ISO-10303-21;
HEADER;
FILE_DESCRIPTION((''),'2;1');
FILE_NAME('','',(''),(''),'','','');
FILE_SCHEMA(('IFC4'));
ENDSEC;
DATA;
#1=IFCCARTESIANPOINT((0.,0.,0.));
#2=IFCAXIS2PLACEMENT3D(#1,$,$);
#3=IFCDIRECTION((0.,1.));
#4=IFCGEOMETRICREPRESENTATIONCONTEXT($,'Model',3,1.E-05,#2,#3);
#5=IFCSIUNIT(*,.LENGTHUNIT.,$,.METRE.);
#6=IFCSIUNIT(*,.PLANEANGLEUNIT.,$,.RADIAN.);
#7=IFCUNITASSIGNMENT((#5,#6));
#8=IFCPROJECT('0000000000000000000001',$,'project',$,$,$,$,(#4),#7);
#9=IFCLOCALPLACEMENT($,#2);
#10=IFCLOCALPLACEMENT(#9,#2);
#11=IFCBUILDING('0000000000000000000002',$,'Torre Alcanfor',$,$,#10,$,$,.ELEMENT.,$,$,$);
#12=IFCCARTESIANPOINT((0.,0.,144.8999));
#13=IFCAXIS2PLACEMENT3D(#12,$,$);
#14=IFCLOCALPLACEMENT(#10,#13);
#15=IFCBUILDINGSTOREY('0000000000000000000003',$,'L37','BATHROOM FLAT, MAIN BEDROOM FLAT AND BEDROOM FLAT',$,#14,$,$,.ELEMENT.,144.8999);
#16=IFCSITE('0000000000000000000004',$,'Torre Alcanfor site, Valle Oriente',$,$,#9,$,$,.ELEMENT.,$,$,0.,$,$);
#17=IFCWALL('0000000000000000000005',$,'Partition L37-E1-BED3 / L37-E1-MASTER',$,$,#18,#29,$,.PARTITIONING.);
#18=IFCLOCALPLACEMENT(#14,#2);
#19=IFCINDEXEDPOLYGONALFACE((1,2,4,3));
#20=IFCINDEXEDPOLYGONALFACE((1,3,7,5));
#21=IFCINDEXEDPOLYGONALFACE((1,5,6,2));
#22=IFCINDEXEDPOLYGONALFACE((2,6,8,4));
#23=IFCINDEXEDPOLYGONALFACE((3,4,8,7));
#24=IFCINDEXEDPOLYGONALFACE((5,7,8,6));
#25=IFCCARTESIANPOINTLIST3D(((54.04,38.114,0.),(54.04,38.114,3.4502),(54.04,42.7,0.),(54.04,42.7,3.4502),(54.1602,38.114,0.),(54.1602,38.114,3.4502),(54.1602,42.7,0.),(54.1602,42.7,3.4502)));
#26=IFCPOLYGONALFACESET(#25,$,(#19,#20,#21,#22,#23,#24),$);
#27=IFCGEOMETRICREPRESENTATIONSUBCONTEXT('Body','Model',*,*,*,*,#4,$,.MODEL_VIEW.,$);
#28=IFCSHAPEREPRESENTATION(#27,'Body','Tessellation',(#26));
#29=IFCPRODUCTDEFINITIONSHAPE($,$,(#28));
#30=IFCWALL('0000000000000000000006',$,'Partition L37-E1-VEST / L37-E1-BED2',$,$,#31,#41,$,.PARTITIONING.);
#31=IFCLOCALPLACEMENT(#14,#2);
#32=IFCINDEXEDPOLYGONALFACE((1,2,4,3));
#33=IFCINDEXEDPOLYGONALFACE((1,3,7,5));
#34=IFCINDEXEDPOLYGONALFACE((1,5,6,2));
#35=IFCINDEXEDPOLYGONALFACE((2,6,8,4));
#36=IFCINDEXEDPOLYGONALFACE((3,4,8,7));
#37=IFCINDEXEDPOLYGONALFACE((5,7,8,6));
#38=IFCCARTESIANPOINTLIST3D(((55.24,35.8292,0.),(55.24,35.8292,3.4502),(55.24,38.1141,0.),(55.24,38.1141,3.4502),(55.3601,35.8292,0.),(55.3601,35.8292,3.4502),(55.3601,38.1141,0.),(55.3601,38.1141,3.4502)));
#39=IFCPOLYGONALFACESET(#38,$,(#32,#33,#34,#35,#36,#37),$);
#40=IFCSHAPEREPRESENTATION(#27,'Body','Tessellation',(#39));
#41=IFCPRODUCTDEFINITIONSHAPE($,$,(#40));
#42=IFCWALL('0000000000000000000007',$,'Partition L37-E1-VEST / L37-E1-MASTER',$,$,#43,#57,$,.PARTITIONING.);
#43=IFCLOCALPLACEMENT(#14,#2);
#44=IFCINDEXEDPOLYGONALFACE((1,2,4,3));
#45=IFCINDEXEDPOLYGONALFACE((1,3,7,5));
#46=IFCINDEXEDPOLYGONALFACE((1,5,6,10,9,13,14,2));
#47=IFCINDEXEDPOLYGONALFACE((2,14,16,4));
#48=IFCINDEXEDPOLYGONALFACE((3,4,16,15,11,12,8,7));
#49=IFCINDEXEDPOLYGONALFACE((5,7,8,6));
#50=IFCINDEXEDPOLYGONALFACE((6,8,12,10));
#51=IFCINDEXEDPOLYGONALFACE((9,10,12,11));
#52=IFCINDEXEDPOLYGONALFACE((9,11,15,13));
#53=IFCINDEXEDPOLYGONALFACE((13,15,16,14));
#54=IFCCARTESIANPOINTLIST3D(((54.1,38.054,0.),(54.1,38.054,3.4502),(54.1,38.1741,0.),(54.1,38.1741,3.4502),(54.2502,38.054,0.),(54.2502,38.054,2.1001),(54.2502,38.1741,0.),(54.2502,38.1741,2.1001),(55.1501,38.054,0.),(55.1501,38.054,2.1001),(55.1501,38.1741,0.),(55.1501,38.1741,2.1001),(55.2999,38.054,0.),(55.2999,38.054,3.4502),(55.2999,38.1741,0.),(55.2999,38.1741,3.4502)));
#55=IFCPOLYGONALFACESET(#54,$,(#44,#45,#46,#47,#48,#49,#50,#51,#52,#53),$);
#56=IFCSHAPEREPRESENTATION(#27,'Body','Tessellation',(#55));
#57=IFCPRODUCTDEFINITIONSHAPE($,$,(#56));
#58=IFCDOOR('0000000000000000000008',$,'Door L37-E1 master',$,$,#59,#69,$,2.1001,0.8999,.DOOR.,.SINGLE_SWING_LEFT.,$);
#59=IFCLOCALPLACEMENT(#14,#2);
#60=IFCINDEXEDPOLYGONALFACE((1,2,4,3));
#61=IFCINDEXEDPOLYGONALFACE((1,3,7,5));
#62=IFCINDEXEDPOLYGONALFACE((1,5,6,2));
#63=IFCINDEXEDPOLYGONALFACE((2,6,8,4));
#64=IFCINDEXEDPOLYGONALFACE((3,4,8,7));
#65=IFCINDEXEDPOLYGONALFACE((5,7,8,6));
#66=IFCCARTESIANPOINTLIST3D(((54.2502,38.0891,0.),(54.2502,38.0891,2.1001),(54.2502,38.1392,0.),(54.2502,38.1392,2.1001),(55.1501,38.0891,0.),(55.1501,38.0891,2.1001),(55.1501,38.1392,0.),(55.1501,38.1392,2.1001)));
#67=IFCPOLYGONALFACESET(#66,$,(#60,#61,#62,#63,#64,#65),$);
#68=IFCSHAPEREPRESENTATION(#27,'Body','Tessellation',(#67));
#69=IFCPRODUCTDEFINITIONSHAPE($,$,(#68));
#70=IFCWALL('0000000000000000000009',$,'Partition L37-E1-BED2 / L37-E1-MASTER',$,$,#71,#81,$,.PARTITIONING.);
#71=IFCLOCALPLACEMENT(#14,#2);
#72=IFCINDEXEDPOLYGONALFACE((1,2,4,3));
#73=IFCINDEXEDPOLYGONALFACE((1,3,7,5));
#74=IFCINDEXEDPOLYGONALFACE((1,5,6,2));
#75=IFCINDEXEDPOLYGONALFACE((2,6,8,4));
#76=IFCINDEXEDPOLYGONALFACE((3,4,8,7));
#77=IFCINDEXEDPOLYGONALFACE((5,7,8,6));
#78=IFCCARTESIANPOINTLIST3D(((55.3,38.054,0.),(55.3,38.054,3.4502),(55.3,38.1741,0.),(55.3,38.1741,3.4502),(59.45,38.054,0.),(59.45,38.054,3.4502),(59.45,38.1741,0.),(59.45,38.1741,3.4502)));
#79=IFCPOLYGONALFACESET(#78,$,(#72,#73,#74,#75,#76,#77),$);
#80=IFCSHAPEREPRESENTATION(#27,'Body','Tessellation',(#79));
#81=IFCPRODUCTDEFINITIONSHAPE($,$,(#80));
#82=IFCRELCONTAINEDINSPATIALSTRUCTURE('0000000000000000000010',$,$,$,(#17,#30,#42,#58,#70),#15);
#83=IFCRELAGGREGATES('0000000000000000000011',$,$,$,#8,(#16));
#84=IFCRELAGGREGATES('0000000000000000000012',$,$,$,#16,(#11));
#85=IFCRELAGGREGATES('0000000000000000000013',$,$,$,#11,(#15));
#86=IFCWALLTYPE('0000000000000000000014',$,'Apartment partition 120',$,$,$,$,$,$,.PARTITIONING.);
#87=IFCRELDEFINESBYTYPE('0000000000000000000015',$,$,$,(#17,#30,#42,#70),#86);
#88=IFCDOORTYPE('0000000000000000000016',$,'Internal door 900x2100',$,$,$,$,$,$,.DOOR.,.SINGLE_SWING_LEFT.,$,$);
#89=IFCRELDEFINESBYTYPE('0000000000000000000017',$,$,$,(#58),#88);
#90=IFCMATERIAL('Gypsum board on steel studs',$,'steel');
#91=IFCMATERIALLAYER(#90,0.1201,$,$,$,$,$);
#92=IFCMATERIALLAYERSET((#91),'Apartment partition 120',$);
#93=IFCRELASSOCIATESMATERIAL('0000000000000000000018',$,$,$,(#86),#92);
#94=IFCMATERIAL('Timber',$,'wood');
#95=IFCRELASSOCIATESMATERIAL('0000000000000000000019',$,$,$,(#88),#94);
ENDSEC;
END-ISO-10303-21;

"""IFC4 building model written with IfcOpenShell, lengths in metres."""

from ifc_helpers import new_model, si_unit, direction, frame, frame_2d, origin, place, context, subcontext, project, spatial, rectangle, extrude, material, layer, layer_set, type_object, element, fill, save


model = new_model("IFC4")

# Units and contexts
model_context = context("Model", 3, precision=1e-05, world=origin(), true_north=direction((0.0, 1.0)))
body_context = subcontext(model_context, "Body", "Model", "MODEL_VIEW")
ifc_project = project(units=[si_unit("LENGTHUNIT", "METRE"), si_unit("PLANEANGLEUNIT", "RADIAN")], contexts=[model_context])

# Site, building, storey
site_placement = place(None, origin())
site = spatial("IfcSite", under=ifc_project, at=site_placement, Name="Torre Alcanfor site, Valle Oriente", CompositionType="ELEMENT", RefElevation=0.0)
building_placement = place(site_placement, origin())
building = spatial("IfcBuilding", under=site, at=building_placement, Name="Torre Alcanfor", CompositionType="ELEMENT")
storey_placement = place(building_placement, frame((0.0, 0.0, 144.8999)))
storey = spatial("IfcBuildingStorey", under=building, at=storey_placement, Name="L37", Description="BATHROOM FLAT, MAIN BEDROOM FLAT AND BEDROOM FLAT", CompositionType="ELEMENT", Elevation=144.8999)

# Shared definitions
ifc_material_1 = material(Name="Gypsum board on steel studs", Category="steel")
ifc_layer_1 = layer(ifc_material_1, 0.1201)
ifc_layer_set_1 = layer_set([ifc_layer_1], Name="Apartment partition 120")
wall_type_1 = type_object("IfcWallType", Name="Apartment partition 120", PredefinedType="PARTITIONING", material=ifc_layer_set_1)
ifc_material_2 = material(Name="Timber", Category="wood")
door_type_1 = type_object("IfcDoorType", Name="Internal door 900x2100", OperationType="SINGLE_SWING_LEFT", PredefinedType="DOOR", material=ifc_material_2)

# Walls
wall_1_placement = place(storey_placement, frame((54.1001, 38.114, 0.0), z_axis=(0.0, 0.0, 1.0), x_axis=(0.0, 1.0, 0.0)))
element("IfcWall", 1, at=wall_1_placement, inside=storey, type_object=wall_type_1, Name="Partition L37-E1-BED3 / L37-E1-MASTER", PredefinedType="PARTITIONING", context=body_context, shape_type="SweptSolid", body=[
    extrude(rectangle(XDim=4.5859, YDim=0.1201, at=frame_2d((2.293, 0.0))), origin(), (0.0, 0.0, 1.0), 3.4502),
])
wall_2_placement = place(storey_placement, frame((55.3, 35.8291, 0.0), z_axis=(0.0, 0.0, 1.0), x_axis=(0.0, 1.0, 0.0)))
element("IfcWall", 2, at=wall_2_placement, inside=storey, type_object=wall_type_1, Name="Partition L37-E1-VEST / L37-E1-BED2", PredefinedType="PARTITIONING", context=body_context, shape_type="SweptSolid", body=[
    extrude(rectangle(XDim=2.2849, YDim=0.1201, at=frame_2d((1.1426, 0.0))), origin(), (0.0, 0.0, 1.0), 3.4502),
])

# Wall, opening, door
wall_3_placement = place(storey_placement, frame((55.3, 38.114, 0.0), z_axis=(0.0, 0.0, 1.0), x_axis=(-1.0, 0.0, 0.0)))
wall_3 = element("IfcWall", 3, at=wall_3_placement, inside=storey, type_object=wall_type_1, Name="Partition L37-E1-VEST / L37-E1-MASTER", PredefinedType="PARTITIONING", context=body_context, shape_type="SweptSolid", body=[
    extrude(rectangle(XDim=1.2, YDim=0.1201, at=frame_2d((0.6001, 0.0))), origin(), (0.0, 0.0, 1.0), 3.4502),
])
opening_1_placement = place(wall_3_placement, frame((0.1499, 0.0, 0.0)))
opening_1 = element("IfcOpeningElement", 4, at=opening_1_placement, cuts=wall_3, PredefinedType="OPENING", context=body_context, shape_type="SweptSolid", body=[
    extrude(rectangle(XDim=0.8999, YDim=2.1001, at=frame_2d((0.45, 1.05))), frame((0.0, 0.0701, 0.0), z_axis=(0.0, -1.0, 0.0), x_axis=(1.0, 0.0, 0.0)), (0.0, 0.0, 1.0), 0.1401),
])
door_1_placement = place(opening_1_placement, origin())
door_1 = element("IfcDoor", 5, at=door_1_placement, inside=storey, type_object=door_type_1, Name="Door L37-E1 master", OperationType="SINGLE_SWING_LEFT", OverallHeight=2.1001, OverallWidth=0.8999, PredefinedType="DOOR", context=body_context, shape_type="SweptSolid", body=[
    extrude(rectangle(XDim=0.8999, YDim=2.1001, at=frame_2d((0.45, 1.05))), frame((0.0, 0.0249, 0.0), z_axis=(0.0, -1.0, 0.0), x_axis=(1.0, 0.0, 0.0)), (0.0, 0.0, 1.0), 0.05),
])
fill(opening_1, door_1)

# Wall
wall_4_placement = place(storey_placement, frame((59.45, 38.114, 0.0), z_axis=(0.0, 0.0, 1.0), x_axis=(-1.0, 0.0, 0.0)))
element("IfcWall", 6, at=wall_4_placement, inside=storey, type_object=wall_type_1, Name="Partition L37-E1-BED2 / L37-E1-MASTER", PredefinedType="PARTITIONING", context=body_context, shape_type="SweptSolid", body=[
    extrude(rectangle(XDim=4.1499, YDim=0.1201, at=frame_2d((2.075, 0.0))), origin(), (0.0, 0.0, 1.0), 3.4502),
])

save(model, "model.ifc")
